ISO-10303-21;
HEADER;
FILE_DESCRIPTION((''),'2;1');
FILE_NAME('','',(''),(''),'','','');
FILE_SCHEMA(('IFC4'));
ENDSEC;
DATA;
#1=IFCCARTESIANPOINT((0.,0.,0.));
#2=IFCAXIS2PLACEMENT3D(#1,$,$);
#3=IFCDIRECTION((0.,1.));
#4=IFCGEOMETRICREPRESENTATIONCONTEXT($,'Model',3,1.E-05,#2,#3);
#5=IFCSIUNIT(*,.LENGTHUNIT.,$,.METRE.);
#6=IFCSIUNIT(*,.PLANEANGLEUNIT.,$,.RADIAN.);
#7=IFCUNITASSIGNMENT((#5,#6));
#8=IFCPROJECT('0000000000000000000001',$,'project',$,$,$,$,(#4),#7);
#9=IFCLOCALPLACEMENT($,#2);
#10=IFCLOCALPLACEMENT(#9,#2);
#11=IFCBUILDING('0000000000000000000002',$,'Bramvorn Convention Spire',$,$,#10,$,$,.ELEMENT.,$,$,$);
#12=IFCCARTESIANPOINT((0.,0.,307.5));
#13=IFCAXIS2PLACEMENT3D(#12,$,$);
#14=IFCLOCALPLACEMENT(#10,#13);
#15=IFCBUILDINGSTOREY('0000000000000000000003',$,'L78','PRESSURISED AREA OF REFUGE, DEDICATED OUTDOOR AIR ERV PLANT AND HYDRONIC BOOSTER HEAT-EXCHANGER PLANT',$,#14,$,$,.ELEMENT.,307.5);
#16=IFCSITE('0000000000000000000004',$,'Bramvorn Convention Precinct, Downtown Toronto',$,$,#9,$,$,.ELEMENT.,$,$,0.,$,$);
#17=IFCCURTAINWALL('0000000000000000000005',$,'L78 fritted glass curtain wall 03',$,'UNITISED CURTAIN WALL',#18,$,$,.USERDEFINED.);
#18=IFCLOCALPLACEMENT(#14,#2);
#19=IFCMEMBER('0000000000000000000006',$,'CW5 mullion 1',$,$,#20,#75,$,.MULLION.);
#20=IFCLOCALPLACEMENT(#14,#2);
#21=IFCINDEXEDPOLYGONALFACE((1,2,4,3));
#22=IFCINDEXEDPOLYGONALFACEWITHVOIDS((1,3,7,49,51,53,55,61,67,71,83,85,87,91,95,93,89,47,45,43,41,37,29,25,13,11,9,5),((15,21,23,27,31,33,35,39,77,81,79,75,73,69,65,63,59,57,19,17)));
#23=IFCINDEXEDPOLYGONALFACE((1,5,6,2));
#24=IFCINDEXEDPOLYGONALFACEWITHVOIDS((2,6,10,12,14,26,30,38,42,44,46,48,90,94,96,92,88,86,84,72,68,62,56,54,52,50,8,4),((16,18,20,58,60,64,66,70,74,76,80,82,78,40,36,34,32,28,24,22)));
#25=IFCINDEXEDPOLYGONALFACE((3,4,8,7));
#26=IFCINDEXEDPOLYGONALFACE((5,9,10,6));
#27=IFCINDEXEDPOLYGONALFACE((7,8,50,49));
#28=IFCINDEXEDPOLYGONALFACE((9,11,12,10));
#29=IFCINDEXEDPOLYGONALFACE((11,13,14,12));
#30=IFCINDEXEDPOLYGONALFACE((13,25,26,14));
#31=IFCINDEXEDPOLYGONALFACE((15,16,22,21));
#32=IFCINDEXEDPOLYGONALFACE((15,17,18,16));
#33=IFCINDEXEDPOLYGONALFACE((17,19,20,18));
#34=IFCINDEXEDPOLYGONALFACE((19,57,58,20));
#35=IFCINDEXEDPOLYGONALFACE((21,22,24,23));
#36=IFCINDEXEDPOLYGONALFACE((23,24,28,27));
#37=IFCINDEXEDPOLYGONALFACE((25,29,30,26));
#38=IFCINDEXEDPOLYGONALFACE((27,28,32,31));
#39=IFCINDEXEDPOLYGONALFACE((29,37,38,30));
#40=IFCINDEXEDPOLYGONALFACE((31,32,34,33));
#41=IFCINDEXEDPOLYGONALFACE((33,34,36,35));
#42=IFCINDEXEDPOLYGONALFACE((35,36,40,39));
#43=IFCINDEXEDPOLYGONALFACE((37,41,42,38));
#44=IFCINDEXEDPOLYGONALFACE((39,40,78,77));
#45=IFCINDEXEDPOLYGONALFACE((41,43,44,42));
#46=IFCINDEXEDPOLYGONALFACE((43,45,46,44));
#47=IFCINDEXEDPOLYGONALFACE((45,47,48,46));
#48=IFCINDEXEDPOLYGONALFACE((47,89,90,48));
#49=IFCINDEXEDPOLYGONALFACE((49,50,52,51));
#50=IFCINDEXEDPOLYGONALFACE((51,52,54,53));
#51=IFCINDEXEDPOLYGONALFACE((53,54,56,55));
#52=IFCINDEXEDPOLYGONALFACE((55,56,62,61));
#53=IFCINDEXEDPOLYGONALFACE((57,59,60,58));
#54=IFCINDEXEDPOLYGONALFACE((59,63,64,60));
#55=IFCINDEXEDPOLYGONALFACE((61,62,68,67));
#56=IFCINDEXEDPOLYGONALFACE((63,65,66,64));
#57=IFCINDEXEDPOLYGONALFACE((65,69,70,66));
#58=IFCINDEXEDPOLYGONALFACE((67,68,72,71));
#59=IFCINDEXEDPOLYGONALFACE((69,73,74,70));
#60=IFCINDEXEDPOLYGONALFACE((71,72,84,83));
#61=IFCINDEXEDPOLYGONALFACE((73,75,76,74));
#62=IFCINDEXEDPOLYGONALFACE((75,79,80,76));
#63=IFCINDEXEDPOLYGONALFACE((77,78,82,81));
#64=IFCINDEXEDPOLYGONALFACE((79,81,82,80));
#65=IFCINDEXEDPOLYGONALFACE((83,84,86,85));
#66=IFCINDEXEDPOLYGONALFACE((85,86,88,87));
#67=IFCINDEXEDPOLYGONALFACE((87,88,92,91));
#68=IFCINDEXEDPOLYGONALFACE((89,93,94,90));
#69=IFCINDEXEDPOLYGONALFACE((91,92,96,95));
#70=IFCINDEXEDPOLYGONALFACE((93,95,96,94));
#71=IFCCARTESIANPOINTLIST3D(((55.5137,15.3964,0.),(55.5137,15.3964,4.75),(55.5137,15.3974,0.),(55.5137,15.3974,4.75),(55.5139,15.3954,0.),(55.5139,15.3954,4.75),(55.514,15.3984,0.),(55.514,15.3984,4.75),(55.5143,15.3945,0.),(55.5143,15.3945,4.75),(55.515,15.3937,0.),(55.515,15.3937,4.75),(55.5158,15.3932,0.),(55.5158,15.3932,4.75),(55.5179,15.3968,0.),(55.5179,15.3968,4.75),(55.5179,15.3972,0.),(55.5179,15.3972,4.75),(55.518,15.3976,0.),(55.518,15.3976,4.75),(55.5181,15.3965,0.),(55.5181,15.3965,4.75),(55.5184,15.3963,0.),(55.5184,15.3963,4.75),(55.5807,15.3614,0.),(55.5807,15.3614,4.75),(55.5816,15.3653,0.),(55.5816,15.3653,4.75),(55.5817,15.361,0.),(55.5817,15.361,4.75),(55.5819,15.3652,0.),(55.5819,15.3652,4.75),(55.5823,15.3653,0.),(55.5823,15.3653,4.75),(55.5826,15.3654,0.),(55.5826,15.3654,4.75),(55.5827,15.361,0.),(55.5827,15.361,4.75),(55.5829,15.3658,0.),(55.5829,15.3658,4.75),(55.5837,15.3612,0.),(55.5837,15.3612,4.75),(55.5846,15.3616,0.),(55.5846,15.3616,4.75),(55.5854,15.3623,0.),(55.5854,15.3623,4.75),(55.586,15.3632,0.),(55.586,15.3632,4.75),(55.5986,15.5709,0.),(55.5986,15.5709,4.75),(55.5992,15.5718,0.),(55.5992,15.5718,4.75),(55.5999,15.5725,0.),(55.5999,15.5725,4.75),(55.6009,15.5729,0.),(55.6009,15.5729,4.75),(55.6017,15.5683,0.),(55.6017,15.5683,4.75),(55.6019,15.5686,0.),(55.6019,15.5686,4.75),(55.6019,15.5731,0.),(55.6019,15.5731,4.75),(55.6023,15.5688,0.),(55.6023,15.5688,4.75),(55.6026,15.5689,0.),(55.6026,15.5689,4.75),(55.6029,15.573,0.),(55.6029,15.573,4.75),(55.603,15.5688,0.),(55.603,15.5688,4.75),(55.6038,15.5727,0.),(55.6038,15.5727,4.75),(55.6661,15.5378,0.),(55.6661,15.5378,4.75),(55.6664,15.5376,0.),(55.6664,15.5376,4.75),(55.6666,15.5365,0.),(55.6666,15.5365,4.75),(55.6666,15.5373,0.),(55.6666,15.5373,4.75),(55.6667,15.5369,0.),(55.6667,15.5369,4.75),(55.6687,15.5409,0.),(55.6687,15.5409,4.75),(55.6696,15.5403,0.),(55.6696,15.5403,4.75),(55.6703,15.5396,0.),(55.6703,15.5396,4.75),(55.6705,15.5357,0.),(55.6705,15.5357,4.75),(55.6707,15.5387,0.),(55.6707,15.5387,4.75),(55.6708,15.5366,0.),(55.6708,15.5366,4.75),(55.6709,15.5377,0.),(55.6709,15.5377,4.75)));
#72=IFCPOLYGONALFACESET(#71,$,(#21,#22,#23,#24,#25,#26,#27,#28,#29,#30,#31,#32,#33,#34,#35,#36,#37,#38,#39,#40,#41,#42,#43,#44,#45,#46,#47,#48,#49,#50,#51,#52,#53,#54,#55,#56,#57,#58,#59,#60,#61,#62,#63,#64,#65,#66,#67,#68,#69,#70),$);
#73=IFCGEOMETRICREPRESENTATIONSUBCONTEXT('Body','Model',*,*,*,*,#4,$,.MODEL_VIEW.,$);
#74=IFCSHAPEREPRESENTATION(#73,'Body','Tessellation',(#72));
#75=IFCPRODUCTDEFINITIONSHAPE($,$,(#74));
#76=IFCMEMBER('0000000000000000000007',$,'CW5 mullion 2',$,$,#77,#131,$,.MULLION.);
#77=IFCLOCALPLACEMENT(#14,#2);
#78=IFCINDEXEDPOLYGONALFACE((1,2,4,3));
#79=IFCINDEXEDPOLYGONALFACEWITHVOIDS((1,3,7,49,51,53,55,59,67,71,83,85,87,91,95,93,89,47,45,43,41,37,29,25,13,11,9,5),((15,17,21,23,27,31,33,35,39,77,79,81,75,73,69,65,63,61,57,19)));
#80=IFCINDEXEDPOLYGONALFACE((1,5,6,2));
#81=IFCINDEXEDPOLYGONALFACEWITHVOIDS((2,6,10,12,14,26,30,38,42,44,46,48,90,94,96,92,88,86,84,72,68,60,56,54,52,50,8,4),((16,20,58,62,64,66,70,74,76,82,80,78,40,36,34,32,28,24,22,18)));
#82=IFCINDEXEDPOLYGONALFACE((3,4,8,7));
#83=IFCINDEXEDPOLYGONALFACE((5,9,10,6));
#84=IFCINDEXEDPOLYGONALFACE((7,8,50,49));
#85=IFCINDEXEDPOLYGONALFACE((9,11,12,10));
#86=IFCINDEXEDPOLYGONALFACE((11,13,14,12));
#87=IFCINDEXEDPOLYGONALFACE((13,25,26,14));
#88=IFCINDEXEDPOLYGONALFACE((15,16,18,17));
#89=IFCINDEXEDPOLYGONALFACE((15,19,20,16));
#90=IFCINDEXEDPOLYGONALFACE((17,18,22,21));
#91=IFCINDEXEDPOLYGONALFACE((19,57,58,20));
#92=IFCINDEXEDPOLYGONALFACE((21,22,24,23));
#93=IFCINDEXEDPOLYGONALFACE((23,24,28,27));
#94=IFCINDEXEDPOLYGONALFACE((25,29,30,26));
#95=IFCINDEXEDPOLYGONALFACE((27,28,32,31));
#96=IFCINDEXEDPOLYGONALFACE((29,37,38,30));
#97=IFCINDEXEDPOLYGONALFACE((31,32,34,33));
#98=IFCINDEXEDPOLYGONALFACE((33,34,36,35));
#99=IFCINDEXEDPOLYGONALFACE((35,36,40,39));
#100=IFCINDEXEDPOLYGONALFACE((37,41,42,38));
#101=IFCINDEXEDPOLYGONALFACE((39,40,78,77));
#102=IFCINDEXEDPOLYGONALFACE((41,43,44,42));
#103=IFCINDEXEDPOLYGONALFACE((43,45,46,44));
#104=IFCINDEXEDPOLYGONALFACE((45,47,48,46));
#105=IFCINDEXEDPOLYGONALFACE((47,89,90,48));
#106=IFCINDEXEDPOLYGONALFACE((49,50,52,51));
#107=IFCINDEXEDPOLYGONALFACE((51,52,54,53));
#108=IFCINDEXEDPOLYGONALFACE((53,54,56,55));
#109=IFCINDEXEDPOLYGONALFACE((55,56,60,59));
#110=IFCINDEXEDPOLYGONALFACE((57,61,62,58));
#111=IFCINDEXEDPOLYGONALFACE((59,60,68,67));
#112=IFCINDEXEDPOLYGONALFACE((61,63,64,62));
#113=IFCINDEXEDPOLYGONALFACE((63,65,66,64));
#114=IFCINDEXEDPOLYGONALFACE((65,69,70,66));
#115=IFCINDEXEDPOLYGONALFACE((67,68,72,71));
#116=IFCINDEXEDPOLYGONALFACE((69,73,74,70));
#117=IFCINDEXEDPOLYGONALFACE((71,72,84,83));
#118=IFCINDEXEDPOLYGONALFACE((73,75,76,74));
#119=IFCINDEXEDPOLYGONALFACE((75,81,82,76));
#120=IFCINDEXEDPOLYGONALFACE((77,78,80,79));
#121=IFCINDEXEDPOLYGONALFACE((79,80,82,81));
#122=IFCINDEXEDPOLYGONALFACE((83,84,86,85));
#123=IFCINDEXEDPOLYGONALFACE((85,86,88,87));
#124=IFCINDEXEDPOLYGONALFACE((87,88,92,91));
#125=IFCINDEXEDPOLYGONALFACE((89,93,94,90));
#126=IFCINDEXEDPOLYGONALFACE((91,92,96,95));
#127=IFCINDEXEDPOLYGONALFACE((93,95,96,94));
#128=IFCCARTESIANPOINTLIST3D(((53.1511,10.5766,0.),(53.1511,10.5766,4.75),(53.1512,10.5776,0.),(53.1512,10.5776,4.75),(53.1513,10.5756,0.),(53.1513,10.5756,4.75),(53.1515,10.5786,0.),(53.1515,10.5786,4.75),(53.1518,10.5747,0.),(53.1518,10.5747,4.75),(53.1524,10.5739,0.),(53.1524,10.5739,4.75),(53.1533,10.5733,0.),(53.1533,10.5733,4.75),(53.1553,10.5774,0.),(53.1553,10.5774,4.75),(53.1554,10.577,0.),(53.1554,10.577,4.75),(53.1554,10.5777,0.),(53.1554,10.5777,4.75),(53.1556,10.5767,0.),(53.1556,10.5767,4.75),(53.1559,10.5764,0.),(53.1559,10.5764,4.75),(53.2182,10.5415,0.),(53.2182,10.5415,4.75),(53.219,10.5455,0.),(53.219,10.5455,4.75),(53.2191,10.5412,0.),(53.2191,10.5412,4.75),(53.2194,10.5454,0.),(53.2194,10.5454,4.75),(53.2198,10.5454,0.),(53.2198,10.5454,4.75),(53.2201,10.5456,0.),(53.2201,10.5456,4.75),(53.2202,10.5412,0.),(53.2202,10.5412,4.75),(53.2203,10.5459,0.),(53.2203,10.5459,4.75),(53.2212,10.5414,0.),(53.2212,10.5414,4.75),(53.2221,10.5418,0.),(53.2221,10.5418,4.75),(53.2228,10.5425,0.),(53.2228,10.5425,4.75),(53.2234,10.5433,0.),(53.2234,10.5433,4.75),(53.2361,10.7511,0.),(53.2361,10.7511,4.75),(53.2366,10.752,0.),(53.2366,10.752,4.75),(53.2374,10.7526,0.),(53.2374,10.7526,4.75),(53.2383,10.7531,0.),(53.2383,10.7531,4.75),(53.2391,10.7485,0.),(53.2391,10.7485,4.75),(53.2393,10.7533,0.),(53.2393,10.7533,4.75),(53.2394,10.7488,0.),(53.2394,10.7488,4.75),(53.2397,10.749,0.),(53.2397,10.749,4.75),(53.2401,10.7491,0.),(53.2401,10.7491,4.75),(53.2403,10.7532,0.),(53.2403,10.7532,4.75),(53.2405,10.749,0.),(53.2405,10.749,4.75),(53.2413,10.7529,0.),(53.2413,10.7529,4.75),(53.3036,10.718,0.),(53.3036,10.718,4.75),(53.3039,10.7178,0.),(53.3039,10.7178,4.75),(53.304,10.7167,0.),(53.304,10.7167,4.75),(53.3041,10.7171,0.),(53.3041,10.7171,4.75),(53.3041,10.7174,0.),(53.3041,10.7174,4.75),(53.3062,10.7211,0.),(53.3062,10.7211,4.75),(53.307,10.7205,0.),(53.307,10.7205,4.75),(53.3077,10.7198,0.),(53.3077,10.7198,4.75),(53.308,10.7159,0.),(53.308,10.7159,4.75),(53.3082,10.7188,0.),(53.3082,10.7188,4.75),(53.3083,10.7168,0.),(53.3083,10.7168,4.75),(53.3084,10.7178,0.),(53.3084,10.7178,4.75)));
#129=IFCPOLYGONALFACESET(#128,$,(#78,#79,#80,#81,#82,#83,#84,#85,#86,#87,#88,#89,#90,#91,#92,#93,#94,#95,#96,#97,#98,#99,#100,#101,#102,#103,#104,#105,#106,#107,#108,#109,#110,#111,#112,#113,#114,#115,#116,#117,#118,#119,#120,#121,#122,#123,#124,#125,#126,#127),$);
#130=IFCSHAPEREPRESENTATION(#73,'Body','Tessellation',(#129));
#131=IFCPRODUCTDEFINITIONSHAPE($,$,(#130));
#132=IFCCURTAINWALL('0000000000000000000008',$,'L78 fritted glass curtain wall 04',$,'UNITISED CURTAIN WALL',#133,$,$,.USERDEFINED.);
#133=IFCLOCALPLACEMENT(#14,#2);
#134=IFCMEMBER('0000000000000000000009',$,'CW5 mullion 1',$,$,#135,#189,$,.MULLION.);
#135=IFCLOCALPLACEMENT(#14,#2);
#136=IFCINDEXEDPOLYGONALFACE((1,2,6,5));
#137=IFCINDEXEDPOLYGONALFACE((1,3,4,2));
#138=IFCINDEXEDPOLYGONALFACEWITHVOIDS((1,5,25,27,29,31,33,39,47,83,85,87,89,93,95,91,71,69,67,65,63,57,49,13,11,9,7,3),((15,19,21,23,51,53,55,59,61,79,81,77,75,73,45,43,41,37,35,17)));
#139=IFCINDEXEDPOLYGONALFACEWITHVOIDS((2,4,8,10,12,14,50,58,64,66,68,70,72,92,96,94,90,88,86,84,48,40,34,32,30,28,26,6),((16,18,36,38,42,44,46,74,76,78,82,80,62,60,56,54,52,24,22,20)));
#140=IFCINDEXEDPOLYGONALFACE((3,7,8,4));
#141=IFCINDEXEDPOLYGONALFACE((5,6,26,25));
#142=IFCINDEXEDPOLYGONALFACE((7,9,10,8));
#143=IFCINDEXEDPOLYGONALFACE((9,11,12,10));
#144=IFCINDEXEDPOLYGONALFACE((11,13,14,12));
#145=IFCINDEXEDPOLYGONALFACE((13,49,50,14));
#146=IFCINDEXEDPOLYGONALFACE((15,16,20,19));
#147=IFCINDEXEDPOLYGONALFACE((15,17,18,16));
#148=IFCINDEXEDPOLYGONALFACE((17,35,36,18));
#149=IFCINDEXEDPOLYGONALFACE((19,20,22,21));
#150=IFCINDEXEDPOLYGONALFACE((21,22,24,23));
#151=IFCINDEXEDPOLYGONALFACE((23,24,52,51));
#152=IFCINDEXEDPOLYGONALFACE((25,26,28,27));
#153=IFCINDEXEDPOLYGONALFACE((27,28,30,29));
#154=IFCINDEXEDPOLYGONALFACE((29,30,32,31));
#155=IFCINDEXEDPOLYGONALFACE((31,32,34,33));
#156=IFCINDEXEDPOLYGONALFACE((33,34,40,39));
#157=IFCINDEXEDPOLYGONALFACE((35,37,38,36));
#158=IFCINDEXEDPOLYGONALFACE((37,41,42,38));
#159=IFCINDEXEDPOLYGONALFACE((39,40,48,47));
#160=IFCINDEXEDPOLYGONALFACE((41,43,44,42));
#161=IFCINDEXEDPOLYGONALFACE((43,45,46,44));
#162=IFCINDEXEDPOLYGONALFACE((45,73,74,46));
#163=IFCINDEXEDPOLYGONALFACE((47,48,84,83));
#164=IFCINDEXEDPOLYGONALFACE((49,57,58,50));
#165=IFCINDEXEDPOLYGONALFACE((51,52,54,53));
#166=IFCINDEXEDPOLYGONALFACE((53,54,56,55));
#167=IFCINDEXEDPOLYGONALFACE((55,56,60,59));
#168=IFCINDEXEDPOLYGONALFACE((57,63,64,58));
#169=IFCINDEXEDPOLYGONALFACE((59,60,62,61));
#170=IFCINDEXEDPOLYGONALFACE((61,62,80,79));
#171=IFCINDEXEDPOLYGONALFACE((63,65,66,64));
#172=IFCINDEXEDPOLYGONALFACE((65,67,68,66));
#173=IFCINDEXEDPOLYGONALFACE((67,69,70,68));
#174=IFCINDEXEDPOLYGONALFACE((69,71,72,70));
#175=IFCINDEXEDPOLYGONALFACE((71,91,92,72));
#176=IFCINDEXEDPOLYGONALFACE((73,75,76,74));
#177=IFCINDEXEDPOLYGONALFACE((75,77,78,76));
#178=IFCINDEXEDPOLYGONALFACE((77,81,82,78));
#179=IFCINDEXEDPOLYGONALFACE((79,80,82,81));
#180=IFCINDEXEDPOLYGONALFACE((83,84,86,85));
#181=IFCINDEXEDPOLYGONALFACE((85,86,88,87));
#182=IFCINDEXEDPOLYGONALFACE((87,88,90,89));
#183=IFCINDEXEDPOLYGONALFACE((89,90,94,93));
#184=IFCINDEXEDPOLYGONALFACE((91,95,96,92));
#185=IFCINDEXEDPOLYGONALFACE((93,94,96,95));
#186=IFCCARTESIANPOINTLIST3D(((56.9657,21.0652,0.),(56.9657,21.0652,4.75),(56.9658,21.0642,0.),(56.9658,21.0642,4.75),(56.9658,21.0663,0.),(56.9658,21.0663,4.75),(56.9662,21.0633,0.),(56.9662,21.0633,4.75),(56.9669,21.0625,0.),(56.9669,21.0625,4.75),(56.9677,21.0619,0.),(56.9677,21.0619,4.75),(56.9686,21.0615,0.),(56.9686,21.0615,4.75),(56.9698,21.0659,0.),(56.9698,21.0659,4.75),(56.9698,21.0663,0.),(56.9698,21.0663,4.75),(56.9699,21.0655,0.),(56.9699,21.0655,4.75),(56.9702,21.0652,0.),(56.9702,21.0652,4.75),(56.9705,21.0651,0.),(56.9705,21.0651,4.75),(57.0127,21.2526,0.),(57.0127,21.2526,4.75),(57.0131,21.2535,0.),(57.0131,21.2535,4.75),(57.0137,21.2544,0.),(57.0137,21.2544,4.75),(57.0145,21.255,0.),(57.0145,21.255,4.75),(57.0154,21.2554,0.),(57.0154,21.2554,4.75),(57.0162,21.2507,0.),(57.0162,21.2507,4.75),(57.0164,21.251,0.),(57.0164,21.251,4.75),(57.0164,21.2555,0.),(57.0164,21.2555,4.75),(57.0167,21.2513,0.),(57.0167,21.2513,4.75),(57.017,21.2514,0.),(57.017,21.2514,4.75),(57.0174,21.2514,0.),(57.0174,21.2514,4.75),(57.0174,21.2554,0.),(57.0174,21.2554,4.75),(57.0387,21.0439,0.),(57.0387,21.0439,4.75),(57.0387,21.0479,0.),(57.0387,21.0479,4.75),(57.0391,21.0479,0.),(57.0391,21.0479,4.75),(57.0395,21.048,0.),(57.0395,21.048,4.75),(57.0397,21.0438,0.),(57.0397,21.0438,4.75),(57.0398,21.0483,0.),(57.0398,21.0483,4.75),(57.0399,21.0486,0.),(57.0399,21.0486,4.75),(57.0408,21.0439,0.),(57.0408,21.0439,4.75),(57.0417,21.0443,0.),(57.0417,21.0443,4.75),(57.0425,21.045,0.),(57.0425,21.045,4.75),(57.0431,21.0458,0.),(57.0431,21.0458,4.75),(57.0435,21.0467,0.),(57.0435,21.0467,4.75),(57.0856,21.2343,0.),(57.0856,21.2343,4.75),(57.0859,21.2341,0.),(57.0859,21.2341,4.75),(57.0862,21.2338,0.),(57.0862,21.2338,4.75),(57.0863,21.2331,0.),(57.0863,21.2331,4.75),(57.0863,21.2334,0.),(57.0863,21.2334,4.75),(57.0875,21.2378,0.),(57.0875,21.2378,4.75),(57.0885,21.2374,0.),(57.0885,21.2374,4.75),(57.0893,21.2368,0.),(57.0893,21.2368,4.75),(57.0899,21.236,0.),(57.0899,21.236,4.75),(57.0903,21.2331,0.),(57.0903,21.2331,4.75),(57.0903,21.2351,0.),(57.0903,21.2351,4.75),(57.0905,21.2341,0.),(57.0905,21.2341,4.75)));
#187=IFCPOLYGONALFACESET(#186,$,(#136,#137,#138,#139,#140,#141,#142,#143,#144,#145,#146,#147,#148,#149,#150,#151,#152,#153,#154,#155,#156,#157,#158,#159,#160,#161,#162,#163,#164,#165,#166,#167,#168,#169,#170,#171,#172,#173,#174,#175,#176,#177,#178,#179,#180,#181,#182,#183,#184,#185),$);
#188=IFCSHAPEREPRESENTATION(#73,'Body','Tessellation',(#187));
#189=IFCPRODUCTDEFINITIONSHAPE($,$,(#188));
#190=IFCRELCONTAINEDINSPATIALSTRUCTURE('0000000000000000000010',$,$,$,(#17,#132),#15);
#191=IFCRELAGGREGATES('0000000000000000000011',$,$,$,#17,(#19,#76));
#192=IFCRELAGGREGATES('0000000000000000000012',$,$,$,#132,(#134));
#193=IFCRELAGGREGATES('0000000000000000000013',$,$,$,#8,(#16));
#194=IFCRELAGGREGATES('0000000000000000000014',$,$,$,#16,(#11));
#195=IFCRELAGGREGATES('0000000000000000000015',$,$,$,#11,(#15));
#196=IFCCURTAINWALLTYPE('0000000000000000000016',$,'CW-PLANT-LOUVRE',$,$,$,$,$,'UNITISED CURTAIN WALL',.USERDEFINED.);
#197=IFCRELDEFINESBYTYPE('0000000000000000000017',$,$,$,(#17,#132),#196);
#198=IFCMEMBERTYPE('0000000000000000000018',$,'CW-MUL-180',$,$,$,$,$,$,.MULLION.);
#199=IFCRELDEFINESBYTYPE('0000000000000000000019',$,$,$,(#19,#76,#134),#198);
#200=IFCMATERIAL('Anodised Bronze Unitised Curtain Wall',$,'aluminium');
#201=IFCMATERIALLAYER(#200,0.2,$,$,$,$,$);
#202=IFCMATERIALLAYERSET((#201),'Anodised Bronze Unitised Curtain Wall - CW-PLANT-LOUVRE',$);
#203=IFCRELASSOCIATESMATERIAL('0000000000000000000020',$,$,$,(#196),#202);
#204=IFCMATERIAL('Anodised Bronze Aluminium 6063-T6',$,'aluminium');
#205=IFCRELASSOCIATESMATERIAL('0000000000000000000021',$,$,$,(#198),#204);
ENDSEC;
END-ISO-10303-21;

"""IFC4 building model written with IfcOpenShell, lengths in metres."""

from ifc_helpers import new_model, si_unit, direction, frame, origin, origin_2d, place, context, subcontext, project, spatial, hollow_rectangle, extrude, material, layer, layer_set, material_profile, profile_set, type_object, element, aggregate, save


model = new_model("IFC4")

# Units and contexts
model_context = context("Model", 3, precision=1e-05, world=origin(), true_north=direction((0.0, 1.0)))
body_context = subcontext(model_context, "Body", "Model", "MODEL_VIEW")
ifc_project = project(units=[si_unit("LENGTHUNIT", "METRE"), si_unit("PLANEANGLEUNIT", "RADIAN")], contexts=[model_context])

# Site, building, storey
site_placement = place(None, origin())
site = spatial("IfcSite", under=ifc_project, at=site_placement, Name="Bramvorn Convention Precinct, Downtown Toronto", CompositionType="ELEMENT", RefElevation=0.0)
building_placement = place(site_placement, origin())
building = spatial("IfcBuilding", under=site, at=building_placement, Name="Bramvorn Convention Spire", CompositionType="ELEMENT")
storey_placement = place(building_placement, frame((0.0, 0.0, 307.5)))
storey = spatial("IfcBuildingStorey", under=building, at=storey_placement, Name="L78", Description="PRESSURISED AREA OF REFUGE, DEDICATED OUTDOOR AIR ERV PLANT AND HYDRONIC BOOSTER HEAT-EXCHANGER PLANT", CompositionType="ELEMENT", Elevation=307.5)

# Curtain walls, members
ifc_material_1 = material(Name="Anodised Bronze Unitised Curtain Wall", Category="aluminium")
ifc_layer_1 = layer(ifc_material_1, 0.2)
ifc_layer_set_1 = layer_set([ifc_layer_1], Name="Anodised Bronze Unitised Curtain Wall - CW-PLANT-LOUVRE")
curtain_wall_type = type_object("IfcCurtainWallType", Name="CW-PLANT-LOUVRE", ElementType="UNITISED CURTAIN WALL", PredefinedType="USERDEFINED", material=ifc_layer_set_1)
ifc_material_2 = material(Name="Anodised Bronze Aluminium 6063-T6", Category="aluminium")
ifc_material_profile_1 = material_profile(ifc_material_2, hollow_rectangle(XDim=0.0801, YDim=0.2, WallThickness=0.0039, InnerFilletRadius=0.001, OuterFilletRadius=0.0039, at=origin_2d()))
ifc_profile_set_1 = profile_set([ifc_material_profile_1], Name="Anodised Bronze Aluminium 6063-T6 - CWM80X200")
member_type_1 = type_object("IfcMemberType", Name="CW-MUL-180", PredefinedType="MULLION", material=ifc_profile_set_1)
curtain_wall_1_placement = place(storey_placement, origin())
curtain_wall_1 = element("IfcCurtainWall", 1, at=curtain_wall_1_placement, inside=storey, type_object=curtain_wall_type, Name="L78 fritted glass curtain wall 03", ObjectType="UNITISED CURTAIN WALL", PredefinedType="USERDEFINED")
member_1_placement = place(storey_placement, frame((55.5923, 15.467, 0.0), z_axis=(0.0, 0.0, 1.0), x_axis=(0.897929, -0.440139, 0.0)))
member_1 = element("IfcMember", 2, at=member_1_placement, type_object=member_type_1, Name="CW5 mullion 1", PredefinedType="MULLION", context=body_context, shape_type="SweptSolid", body=[
    extrude(hollow_rectangle(XDim=0.0801, YDim=0.2, WallThickness=0.0039, InnerFilletRadius=0.001, OuterFilletRadius=0.0039, at=origin_2d()), origin(), (0.0, 0.0, 1.0), 4.75),
])
member_2_placement = place(storey_placement, frame((53.2297, 10.6472, 0.0), z_axis=(0.0, 0.0, 1.0), x_axis=(0.897929, -0.440139, 0.0)))
member_2 = element("IfcMember", 3, at=member_2_placement, type_object=member_type_1, Name="CW5 mullion 2", PredefinedType="MULLION", context=body_context, shape_type="SweptSolid", body=[
    extrude(hollow_rectangle(XDim=0.0801, YDim=0.2, WallThickness=0.0039, InnerFilletRadius=0.001, OuterFilletRadius=0.0039, at=origin_2d()), origin(), (0.0, 0.0, 1.0), 4.75),
])
curtain_wall_2_placement = place(storey_placement, origin())
curtain_wall_2 = element("IfcCurtainWall", 4, at=curtain_wall_2_placement, inside=storey, type_object=curtain_wall_type, Name="L78 fritted glass curtain wall 04", ObjectType="UNITISED CURTAIN WALL", PredefinedType="USERDEFINED")
member_3_placement = place(storey_placement, frame((57.0281, 21.1497, 0.0), z_axis=(0.0, 0.0, 1.0), x_axis=(0.969797, -0.243912, 0.0)))
member_3 = element("IfcMember", 5, at=member_3_placement, type_object=member_type_1, Name="CW5 mullion 1", PredefinedType="MULLION", context=body_context, shape_type="SweptSolid", body=[
    extrude(hollow_rectangle(XDim=0.0801, YDim=0.2, WallThickness=0.0039, InnerFilletRadius=0.001, OuterFilletRadius=0.0039, at=origin_2d()), origin(), (0.0, 0.0, 1.0), 4.75),
])

aggregate(curtain_wall_1, [member_1, member_2])
aggregate(curtain_wall_2, [member_3])

save(model, "model.ifc")
